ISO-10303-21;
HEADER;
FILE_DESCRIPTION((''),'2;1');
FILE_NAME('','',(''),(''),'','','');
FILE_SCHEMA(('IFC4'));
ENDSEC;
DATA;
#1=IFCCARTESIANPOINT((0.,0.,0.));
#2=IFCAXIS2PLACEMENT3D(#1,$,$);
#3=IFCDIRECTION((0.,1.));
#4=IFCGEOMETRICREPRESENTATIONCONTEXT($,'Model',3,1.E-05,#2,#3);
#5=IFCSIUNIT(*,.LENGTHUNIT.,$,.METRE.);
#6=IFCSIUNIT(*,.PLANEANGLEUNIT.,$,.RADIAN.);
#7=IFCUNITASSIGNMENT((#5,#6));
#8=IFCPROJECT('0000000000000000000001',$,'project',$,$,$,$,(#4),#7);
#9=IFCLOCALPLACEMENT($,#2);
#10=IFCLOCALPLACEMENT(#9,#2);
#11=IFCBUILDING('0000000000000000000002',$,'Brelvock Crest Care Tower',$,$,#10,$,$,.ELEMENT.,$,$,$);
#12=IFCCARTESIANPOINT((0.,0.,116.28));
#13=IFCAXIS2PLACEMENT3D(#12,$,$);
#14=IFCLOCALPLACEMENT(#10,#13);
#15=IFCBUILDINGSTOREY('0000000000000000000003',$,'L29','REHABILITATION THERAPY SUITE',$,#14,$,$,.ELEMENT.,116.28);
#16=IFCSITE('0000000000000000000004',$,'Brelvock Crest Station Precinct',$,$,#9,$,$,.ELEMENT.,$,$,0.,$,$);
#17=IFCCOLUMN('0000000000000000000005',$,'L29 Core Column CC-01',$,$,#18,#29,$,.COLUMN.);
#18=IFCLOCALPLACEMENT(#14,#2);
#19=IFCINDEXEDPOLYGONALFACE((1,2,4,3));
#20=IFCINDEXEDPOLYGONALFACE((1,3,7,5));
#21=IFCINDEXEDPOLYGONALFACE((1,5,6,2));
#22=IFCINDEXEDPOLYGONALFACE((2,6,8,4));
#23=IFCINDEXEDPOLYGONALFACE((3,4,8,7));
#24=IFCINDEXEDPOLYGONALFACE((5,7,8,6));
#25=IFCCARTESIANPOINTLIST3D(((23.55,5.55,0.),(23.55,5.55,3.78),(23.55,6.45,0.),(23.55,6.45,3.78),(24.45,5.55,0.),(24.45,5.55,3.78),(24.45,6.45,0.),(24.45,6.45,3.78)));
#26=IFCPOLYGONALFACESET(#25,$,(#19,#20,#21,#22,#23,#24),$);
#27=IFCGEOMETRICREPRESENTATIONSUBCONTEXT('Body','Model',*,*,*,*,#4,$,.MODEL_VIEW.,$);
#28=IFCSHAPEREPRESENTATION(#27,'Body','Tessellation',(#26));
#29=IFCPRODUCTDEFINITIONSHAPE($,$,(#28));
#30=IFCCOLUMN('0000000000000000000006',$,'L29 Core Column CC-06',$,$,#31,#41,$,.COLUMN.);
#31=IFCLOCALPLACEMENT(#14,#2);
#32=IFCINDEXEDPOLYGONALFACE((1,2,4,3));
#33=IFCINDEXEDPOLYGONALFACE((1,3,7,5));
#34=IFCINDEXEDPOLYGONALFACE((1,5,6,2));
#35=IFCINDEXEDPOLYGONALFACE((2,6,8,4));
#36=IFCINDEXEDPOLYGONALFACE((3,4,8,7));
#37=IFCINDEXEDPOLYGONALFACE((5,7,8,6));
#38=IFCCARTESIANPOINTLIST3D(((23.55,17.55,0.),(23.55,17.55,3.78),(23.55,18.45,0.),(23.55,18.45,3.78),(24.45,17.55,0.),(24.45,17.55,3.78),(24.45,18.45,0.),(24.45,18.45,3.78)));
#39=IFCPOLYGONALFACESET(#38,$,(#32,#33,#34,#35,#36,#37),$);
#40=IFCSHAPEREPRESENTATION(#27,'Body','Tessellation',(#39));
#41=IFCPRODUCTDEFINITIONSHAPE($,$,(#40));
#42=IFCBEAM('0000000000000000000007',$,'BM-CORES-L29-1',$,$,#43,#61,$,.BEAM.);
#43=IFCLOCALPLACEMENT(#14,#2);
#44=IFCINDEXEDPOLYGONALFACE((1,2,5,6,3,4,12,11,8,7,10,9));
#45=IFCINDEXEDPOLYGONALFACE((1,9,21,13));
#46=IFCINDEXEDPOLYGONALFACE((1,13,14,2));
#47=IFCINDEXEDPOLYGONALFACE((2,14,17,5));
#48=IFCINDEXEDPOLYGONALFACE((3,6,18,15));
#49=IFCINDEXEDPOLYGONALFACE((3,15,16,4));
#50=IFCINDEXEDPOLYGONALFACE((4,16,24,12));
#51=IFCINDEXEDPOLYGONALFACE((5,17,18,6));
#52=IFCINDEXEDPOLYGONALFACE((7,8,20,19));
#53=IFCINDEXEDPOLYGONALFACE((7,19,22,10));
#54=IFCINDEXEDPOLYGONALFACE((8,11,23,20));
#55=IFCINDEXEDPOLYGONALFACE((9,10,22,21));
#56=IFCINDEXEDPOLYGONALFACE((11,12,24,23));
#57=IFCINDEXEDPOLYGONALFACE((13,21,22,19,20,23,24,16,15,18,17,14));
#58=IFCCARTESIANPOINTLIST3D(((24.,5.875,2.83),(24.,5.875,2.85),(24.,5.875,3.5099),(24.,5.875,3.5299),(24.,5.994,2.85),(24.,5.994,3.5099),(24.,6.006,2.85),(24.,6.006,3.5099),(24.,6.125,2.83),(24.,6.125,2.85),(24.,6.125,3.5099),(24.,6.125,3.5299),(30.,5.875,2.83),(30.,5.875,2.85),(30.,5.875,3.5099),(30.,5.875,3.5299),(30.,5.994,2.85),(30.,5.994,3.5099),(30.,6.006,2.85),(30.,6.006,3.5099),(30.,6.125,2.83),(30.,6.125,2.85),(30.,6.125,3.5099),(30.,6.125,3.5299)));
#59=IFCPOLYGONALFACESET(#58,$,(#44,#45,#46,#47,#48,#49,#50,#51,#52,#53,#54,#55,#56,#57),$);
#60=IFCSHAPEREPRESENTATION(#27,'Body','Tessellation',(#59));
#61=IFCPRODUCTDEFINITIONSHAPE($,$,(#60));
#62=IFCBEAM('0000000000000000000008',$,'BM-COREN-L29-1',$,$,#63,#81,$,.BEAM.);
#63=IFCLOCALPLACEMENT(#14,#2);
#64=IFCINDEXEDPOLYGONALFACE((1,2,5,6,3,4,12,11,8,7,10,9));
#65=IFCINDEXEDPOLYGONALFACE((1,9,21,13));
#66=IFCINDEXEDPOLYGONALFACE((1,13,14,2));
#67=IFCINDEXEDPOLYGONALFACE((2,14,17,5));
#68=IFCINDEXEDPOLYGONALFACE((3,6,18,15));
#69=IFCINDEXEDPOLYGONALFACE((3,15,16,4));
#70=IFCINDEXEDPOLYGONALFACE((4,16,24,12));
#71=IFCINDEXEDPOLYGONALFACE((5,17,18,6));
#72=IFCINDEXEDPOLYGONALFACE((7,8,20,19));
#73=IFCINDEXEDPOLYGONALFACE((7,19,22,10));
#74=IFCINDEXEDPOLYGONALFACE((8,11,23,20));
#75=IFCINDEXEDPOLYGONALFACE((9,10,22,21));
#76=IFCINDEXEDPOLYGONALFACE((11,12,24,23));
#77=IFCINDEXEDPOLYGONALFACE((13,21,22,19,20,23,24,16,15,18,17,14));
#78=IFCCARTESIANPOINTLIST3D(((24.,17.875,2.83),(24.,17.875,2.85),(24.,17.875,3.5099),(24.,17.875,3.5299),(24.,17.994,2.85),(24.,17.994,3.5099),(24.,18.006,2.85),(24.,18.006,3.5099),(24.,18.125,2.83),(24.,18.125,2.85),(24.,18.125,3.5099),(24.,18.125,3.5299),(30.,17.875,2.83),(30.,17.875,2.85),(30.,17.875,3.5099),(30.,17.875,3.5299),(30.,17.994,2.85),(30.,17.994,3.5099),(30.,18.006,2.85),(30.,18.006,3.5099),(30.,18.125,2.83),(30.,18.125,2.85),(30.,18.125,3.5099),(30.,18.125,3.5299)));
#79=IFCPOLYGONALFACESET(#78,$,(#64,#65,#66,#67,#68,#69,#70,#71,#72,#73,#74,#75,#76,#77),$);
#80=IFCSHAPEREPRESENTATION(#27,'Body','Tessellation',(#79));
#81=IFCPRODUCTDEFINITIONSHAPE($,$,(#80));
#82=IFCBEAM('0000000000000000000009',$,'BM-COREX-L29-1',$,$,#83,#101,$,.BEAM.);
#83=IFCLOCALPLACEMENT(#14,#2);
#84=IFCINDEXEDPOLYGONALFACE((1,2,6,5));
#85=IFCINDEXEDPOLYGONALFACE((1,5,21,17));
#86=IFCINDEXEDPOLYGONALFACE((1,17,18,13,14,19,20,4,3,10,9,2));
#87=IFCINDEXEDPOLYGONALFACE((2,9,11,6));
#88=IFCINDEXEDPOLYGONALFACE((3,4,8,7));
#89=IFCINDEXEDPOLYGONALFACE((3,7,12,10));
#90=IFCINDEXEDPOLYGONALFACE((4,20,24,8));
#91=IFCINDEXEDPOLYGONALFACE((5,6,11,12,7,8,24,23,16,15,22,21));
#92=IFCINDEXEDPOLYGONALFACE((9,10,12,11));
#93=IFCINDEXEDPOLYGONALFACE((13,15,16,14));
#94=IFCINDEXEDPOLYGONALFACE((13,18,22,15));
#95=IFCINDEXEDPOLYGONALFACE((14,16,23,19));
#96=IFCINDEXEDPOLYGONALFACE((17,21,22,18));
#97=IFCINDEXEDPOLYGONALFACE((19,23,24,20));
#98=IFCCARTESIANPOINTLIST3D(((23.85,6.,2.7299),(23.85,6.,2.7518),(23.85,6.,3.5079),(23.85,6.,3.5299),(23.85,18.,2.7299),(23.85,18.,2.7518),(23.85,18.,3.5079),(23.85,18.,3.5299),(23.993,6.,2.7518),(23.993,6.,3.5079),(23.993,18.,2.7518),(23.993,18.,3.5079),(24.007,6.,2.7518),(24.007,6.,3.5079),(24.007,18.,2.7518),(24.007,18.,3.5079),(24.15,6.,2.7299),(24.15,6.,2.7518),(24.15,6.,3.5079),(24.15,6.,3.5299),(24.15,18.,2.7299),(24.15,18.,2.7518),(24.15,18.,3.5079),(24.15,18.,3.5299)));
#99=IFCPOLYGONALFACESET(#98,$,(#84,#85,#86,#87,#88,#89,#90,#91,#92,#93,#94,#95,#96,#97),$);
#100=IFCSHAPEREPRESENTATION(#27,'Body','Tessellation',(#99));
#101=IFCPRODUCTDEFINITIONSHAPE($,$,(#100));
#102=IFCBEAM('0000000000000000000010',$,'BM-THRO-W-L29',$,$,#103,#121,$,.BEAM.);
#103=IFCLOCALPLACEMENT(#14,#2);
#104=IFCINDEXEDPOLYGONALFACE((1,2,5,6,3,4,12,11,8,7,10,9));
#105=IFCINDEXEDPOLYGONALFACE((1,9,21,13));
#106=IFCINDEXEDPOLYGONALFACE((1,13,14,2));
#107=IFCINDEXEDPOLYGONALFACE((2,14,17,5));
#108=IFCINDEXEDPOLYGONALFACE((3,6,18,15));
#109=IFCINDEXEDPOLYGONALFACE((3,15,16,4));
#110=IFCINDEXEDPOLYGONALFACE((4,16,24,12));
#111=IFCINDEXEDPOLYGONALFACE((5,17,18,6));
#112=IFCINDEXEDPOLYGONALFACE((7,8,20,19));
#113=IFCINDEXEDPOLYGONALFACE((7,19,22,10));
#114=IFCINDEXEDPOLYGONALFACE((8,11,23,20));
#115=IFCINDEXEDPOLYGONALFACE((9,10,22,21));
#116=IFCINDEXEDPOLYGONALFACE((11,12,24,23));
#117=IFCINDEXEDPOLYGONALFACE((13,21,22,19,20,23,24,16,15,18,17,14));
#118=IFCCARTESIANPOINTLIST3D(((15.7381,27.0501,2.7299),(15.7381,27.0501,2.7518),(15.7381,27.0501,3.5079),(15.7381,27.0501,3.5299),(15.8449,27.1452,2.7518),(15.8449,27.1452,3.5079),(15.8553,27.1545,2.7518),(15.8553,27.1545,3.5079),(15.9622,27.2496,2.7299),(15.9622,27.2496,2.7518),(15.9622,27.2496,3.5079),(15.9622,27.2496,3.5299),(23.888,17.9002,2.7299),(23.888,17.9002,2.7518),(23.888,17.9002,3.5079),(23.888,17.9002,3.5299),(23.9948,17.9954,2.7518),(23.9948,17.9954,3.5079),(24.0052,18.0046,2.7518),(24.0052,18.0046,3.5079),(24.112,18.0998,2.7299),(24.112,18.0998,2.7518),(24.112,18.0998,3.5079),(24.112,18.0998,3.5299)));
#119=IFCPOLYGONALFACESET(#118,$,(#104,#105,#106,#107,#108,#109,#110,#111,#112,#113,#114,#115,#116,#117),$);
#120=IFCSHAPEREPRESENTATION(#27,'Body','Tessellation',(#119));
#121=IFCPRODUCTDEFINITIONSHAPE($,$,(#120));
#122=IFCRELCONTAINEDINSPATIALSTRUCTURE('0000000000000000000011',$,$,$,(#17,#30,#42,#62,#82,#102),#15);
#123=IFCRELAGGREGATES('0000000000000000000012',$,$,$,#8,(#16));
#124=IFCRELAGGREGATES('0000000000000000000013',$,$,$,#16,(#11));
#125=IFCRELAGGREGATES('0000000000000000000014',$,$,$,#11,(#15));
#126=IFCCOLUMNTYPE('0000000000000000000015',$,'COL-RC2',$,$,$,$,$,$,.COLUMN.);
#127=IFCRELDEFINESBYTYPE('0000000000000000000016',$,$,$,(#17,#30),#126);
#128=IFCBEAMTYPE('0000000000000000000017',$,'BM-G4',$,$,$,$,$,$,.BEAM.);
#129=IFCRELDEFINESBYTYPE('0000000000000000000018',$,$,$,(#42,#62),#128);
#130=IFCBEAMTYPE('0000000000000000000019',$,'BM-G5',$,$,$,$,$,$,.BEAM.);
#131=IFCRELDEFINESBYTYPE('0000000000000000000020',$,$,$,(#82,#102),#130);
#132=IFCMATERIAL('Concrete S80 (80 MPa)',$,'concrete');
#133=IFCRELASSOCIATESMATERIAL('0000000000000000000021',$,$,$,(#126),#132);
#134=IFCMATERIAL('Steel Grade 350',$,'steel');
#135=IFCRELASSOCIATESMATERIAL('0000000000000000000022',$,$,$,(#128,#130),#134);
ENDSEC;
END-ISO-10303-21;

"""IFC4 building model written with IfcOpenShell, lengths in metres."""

from ifc_helpers import new_model, si_unit, direction, frame, origin, origin_2d, place, context, subcontext, project, spatial, rectangle, i_section, extrude, source, transform, mapped, material, material_profile, profile_set, type_object, element, save


model = new_model("IFC4")

# Units and contexts
model_context = context("Model", 3, precision=1e-05, world=origin(), true_north=direction((0.0, 1.0)))
body_context = subcontext(model_context, "Body", "Model", "MODEL_VIEW")
ifc_project = project(units=[si_unit("LENGTHUNIT", "METRE"), si_unit("PLANEANGLEUNIT", "RADIAN")], contexts=[model_context])

# Site, building, storey
site_placement = place(None, origin())
site = spatial("IfcSite", under=ifc_project, at=site_placement, Name="Brelvock Crest Station Precinct", CompositionType="ELEMENT", RefElevation=0.0)
building_placement = place(site_placement, origin())
building = spatial("IfcBuilding", under=site, at=building_placement, Name="Brelvock Crest Care Tower", CompositionType="ELEMENT")
storey_placement = place(building_placement, frame((0.0, 0.0, 116.28)))
storey = spatial("IfcBuildingStorey", under=building, at=storey_placement, Name="L29", Description="REHABILITATION THERAPY SUITE", CompositionType="ELEMENT", Elevation=116.28)

# Columns
ifc_material_1 = material(Name="Concrete S80 (80 MPa)", Category="concrete")
ifc_material_profile_1 = material_profile(ifc_material_1, rectangle(XDim=0.8999, YDim=0.8999, at=origin_2d()), Name="RC900x900")
ifc_profile_set_1 = profile_set([ifc_material_profile_1], Name="Concrete S80 (80 MPa)")
column_type = type_object("IfcColumnType", Name="COL-RC2", PredefinedType="COLUMN", material=ifc_profile_set_1)
shared_shape_1 = source(origin(), body_context, "Body", "SweptSolid", [
    extrude(rectangle(XDim=0.8999, YDim=0.8999, at=origin_2d()), origin(), (0.0, 0.0, 1.0), 3.78),
])
for number, where, z_axis, x_axis, name in (
    (1, (24.0, 6.0, 0.0), (0.0, 0.0, 1.0), (1.0, 0.0, 0.0), "L29 Core Column CC-01"),
    (2, (24.0, 18.0, 0.0), (0.0, 0.0, 1.0), (1.0, 0.0, 0.0), "L29 Core Column CC-06"),
):
    element("IfcColumn", number, at=place(storey_placement, frame(where, z_axis=z_axis, x_axis=x_axis)), inside=storey, type_object=column_type, Name=name, PredefinedType="COLUMN", context=body_context, shape_type="MappedRepresentation", body=[
        mapped(shared_shape_1, transform((0.0, 0.0, 0.0), x_axis=(1.0, 0.0, 0.0), y_axis=(0.0, 1.0, 0.0), z_axis=(0.0, 0.0, 1.0), scale=1.0)),
    ])

# Beams
ifc_material_2 = material(Name="Steel Grade 350", Category="steel")
ifc_material_profile_2 = material_profile(ifc_material_2, i_section(OverallWidth=0.25, OverallDepth=0.7, WebThickness=0.012, FlangeThickness=0.02, at=origin_2d()), Name="700WB150")
ifc_profile_set_2 = profile_set([ifc_material_profile_2], Name="Steel Grade 350")
beam_type_1 = type_object("IfcBeamType", Name="BM-G4", PredefinedType="BEAM", material=ifc_profile_set_2)
shared_shape_2 = source(origin(), body_context, "Body", "SweptSolid", [
    extrude(i_section(OverallWidth=0.25, OverallDepth=0.7, WebThickness=0.012, FlangeThickness=0.02, at=origin_2d()), origin(), (0.0, 0.0, 1.0), 6.0),
])
for number, where, z_axis, x_axis, name in (
    (3, (24.0, 6.0, 3.1799), (1.0, 0.0, 0.0), (0.0, 1.0, 0.0), "BM-CORES-L29-1"),
    (4, (24.0, 18.0, 3.1799), (1.0, 0.0, 0.0), (0.0, 1.0, 0.0), "BM-COREN-L29-1"),
):
    element("IfcBeam", number, at=place(storey_placement, frame(where, z_axis=z_axis, x_axis=x_axis)), inside=storey, type_object=beam_type_1, Name=name, PredefinedType="BEAM", context=body_context, shape_type="MappedRepresentation", body=[
        mapped(shared_shape_2, transform((0.0, 0.0, 0.0), x_axis=(1.0, 0.0, 0.0), y_axis=(0.0, 1.0, 0.0), z_axis=(0.0, 0.0, 1.0), scale=1.0)),
    ])
ifc_material_profile_3 = material_profile(ifc_material_2, i_section(OverallWidth=0.3, OverallDepth=0.8, WebThickness=0.0139, FlangeThickness=0.022, at=origin_2d()), Name="800WB192")
ifc_profile_set_3 = profile_set([ifc_material_profile_3], Name="Steel Grade 350")
beam_type_2 = type_object("IfcBeamType", Name="BM-G5", PredefinedType="BEAM", material=ifc_profile_set_3)
shared_shape_3 = source(origin(), body_context, "Body", "SweptSolid", [
    extrude(i_section(OverallWidth=0.3, OverallDepth=0.8, WebThickness=0.0139, FlangeThickness=0.022, at=origin_2d()), origin(), (0.0, 0.0, 1.0), 12.0),
])
beam_1_placement = place(storey_placement, frame((24.0, 6.0, 3.1299), z_axis=(0.0, 1.0, 0.0), x_axis=(-1.0, 0.0, 0.0)))
element("IfcBeam", 5, at=beam_1_placement, inside=storey, type_object=beam_type_2, Name="BM-COREX-L29-1", PredefinedType="BEAM", context=body_context, shape_type="MappedRepresentation", body=[
    mapped(shared_shape_3, transform((0.0, 0.0, 0.0), x_axis=(1.0, 0.0, 0.0), y_axis=(0.0, 1.0, 0.0), z_axis=(0.0, 0.0, 1.0), scale=1.0)),
])
shared_shape_4 = source(origin(), body_context, "Body", "SweptSolid", [
    extrude(i_section(OverallWidth=0.3, OverallDepth=0.8, WebThickness=0.0139, FlangeThickness=0.022, at=origin_2d()), origin(), (0.0, 0.0, 1.0), 12.2532),
])
beam_2_placement = place(storey_placement, frame((24.0, 18.0, 3.1299), z_axis=(-0.665123, 0.746734, 0.0), x_axis=(-0.746734, -0.665123, 0.0)))
element("IfcBeam", 6, at=beam_2_placement, inside=storey, type_object=beam_type_2, Name="BM-THRO-W-L29", PredefinedType="BEAM", context=body_context, shape_type="MappedRepresentation", body=[
    mapped(shared_shape_4, transform((0.0, 0.0, 0.0), x_axis=(1.0, 0.0, 0.0), y_axis=(0.0, 1.0, 0.0), z_axis=(0.0, 0.0, 1.0), scale=1.0)),
])

save(model, "model.ifc")
